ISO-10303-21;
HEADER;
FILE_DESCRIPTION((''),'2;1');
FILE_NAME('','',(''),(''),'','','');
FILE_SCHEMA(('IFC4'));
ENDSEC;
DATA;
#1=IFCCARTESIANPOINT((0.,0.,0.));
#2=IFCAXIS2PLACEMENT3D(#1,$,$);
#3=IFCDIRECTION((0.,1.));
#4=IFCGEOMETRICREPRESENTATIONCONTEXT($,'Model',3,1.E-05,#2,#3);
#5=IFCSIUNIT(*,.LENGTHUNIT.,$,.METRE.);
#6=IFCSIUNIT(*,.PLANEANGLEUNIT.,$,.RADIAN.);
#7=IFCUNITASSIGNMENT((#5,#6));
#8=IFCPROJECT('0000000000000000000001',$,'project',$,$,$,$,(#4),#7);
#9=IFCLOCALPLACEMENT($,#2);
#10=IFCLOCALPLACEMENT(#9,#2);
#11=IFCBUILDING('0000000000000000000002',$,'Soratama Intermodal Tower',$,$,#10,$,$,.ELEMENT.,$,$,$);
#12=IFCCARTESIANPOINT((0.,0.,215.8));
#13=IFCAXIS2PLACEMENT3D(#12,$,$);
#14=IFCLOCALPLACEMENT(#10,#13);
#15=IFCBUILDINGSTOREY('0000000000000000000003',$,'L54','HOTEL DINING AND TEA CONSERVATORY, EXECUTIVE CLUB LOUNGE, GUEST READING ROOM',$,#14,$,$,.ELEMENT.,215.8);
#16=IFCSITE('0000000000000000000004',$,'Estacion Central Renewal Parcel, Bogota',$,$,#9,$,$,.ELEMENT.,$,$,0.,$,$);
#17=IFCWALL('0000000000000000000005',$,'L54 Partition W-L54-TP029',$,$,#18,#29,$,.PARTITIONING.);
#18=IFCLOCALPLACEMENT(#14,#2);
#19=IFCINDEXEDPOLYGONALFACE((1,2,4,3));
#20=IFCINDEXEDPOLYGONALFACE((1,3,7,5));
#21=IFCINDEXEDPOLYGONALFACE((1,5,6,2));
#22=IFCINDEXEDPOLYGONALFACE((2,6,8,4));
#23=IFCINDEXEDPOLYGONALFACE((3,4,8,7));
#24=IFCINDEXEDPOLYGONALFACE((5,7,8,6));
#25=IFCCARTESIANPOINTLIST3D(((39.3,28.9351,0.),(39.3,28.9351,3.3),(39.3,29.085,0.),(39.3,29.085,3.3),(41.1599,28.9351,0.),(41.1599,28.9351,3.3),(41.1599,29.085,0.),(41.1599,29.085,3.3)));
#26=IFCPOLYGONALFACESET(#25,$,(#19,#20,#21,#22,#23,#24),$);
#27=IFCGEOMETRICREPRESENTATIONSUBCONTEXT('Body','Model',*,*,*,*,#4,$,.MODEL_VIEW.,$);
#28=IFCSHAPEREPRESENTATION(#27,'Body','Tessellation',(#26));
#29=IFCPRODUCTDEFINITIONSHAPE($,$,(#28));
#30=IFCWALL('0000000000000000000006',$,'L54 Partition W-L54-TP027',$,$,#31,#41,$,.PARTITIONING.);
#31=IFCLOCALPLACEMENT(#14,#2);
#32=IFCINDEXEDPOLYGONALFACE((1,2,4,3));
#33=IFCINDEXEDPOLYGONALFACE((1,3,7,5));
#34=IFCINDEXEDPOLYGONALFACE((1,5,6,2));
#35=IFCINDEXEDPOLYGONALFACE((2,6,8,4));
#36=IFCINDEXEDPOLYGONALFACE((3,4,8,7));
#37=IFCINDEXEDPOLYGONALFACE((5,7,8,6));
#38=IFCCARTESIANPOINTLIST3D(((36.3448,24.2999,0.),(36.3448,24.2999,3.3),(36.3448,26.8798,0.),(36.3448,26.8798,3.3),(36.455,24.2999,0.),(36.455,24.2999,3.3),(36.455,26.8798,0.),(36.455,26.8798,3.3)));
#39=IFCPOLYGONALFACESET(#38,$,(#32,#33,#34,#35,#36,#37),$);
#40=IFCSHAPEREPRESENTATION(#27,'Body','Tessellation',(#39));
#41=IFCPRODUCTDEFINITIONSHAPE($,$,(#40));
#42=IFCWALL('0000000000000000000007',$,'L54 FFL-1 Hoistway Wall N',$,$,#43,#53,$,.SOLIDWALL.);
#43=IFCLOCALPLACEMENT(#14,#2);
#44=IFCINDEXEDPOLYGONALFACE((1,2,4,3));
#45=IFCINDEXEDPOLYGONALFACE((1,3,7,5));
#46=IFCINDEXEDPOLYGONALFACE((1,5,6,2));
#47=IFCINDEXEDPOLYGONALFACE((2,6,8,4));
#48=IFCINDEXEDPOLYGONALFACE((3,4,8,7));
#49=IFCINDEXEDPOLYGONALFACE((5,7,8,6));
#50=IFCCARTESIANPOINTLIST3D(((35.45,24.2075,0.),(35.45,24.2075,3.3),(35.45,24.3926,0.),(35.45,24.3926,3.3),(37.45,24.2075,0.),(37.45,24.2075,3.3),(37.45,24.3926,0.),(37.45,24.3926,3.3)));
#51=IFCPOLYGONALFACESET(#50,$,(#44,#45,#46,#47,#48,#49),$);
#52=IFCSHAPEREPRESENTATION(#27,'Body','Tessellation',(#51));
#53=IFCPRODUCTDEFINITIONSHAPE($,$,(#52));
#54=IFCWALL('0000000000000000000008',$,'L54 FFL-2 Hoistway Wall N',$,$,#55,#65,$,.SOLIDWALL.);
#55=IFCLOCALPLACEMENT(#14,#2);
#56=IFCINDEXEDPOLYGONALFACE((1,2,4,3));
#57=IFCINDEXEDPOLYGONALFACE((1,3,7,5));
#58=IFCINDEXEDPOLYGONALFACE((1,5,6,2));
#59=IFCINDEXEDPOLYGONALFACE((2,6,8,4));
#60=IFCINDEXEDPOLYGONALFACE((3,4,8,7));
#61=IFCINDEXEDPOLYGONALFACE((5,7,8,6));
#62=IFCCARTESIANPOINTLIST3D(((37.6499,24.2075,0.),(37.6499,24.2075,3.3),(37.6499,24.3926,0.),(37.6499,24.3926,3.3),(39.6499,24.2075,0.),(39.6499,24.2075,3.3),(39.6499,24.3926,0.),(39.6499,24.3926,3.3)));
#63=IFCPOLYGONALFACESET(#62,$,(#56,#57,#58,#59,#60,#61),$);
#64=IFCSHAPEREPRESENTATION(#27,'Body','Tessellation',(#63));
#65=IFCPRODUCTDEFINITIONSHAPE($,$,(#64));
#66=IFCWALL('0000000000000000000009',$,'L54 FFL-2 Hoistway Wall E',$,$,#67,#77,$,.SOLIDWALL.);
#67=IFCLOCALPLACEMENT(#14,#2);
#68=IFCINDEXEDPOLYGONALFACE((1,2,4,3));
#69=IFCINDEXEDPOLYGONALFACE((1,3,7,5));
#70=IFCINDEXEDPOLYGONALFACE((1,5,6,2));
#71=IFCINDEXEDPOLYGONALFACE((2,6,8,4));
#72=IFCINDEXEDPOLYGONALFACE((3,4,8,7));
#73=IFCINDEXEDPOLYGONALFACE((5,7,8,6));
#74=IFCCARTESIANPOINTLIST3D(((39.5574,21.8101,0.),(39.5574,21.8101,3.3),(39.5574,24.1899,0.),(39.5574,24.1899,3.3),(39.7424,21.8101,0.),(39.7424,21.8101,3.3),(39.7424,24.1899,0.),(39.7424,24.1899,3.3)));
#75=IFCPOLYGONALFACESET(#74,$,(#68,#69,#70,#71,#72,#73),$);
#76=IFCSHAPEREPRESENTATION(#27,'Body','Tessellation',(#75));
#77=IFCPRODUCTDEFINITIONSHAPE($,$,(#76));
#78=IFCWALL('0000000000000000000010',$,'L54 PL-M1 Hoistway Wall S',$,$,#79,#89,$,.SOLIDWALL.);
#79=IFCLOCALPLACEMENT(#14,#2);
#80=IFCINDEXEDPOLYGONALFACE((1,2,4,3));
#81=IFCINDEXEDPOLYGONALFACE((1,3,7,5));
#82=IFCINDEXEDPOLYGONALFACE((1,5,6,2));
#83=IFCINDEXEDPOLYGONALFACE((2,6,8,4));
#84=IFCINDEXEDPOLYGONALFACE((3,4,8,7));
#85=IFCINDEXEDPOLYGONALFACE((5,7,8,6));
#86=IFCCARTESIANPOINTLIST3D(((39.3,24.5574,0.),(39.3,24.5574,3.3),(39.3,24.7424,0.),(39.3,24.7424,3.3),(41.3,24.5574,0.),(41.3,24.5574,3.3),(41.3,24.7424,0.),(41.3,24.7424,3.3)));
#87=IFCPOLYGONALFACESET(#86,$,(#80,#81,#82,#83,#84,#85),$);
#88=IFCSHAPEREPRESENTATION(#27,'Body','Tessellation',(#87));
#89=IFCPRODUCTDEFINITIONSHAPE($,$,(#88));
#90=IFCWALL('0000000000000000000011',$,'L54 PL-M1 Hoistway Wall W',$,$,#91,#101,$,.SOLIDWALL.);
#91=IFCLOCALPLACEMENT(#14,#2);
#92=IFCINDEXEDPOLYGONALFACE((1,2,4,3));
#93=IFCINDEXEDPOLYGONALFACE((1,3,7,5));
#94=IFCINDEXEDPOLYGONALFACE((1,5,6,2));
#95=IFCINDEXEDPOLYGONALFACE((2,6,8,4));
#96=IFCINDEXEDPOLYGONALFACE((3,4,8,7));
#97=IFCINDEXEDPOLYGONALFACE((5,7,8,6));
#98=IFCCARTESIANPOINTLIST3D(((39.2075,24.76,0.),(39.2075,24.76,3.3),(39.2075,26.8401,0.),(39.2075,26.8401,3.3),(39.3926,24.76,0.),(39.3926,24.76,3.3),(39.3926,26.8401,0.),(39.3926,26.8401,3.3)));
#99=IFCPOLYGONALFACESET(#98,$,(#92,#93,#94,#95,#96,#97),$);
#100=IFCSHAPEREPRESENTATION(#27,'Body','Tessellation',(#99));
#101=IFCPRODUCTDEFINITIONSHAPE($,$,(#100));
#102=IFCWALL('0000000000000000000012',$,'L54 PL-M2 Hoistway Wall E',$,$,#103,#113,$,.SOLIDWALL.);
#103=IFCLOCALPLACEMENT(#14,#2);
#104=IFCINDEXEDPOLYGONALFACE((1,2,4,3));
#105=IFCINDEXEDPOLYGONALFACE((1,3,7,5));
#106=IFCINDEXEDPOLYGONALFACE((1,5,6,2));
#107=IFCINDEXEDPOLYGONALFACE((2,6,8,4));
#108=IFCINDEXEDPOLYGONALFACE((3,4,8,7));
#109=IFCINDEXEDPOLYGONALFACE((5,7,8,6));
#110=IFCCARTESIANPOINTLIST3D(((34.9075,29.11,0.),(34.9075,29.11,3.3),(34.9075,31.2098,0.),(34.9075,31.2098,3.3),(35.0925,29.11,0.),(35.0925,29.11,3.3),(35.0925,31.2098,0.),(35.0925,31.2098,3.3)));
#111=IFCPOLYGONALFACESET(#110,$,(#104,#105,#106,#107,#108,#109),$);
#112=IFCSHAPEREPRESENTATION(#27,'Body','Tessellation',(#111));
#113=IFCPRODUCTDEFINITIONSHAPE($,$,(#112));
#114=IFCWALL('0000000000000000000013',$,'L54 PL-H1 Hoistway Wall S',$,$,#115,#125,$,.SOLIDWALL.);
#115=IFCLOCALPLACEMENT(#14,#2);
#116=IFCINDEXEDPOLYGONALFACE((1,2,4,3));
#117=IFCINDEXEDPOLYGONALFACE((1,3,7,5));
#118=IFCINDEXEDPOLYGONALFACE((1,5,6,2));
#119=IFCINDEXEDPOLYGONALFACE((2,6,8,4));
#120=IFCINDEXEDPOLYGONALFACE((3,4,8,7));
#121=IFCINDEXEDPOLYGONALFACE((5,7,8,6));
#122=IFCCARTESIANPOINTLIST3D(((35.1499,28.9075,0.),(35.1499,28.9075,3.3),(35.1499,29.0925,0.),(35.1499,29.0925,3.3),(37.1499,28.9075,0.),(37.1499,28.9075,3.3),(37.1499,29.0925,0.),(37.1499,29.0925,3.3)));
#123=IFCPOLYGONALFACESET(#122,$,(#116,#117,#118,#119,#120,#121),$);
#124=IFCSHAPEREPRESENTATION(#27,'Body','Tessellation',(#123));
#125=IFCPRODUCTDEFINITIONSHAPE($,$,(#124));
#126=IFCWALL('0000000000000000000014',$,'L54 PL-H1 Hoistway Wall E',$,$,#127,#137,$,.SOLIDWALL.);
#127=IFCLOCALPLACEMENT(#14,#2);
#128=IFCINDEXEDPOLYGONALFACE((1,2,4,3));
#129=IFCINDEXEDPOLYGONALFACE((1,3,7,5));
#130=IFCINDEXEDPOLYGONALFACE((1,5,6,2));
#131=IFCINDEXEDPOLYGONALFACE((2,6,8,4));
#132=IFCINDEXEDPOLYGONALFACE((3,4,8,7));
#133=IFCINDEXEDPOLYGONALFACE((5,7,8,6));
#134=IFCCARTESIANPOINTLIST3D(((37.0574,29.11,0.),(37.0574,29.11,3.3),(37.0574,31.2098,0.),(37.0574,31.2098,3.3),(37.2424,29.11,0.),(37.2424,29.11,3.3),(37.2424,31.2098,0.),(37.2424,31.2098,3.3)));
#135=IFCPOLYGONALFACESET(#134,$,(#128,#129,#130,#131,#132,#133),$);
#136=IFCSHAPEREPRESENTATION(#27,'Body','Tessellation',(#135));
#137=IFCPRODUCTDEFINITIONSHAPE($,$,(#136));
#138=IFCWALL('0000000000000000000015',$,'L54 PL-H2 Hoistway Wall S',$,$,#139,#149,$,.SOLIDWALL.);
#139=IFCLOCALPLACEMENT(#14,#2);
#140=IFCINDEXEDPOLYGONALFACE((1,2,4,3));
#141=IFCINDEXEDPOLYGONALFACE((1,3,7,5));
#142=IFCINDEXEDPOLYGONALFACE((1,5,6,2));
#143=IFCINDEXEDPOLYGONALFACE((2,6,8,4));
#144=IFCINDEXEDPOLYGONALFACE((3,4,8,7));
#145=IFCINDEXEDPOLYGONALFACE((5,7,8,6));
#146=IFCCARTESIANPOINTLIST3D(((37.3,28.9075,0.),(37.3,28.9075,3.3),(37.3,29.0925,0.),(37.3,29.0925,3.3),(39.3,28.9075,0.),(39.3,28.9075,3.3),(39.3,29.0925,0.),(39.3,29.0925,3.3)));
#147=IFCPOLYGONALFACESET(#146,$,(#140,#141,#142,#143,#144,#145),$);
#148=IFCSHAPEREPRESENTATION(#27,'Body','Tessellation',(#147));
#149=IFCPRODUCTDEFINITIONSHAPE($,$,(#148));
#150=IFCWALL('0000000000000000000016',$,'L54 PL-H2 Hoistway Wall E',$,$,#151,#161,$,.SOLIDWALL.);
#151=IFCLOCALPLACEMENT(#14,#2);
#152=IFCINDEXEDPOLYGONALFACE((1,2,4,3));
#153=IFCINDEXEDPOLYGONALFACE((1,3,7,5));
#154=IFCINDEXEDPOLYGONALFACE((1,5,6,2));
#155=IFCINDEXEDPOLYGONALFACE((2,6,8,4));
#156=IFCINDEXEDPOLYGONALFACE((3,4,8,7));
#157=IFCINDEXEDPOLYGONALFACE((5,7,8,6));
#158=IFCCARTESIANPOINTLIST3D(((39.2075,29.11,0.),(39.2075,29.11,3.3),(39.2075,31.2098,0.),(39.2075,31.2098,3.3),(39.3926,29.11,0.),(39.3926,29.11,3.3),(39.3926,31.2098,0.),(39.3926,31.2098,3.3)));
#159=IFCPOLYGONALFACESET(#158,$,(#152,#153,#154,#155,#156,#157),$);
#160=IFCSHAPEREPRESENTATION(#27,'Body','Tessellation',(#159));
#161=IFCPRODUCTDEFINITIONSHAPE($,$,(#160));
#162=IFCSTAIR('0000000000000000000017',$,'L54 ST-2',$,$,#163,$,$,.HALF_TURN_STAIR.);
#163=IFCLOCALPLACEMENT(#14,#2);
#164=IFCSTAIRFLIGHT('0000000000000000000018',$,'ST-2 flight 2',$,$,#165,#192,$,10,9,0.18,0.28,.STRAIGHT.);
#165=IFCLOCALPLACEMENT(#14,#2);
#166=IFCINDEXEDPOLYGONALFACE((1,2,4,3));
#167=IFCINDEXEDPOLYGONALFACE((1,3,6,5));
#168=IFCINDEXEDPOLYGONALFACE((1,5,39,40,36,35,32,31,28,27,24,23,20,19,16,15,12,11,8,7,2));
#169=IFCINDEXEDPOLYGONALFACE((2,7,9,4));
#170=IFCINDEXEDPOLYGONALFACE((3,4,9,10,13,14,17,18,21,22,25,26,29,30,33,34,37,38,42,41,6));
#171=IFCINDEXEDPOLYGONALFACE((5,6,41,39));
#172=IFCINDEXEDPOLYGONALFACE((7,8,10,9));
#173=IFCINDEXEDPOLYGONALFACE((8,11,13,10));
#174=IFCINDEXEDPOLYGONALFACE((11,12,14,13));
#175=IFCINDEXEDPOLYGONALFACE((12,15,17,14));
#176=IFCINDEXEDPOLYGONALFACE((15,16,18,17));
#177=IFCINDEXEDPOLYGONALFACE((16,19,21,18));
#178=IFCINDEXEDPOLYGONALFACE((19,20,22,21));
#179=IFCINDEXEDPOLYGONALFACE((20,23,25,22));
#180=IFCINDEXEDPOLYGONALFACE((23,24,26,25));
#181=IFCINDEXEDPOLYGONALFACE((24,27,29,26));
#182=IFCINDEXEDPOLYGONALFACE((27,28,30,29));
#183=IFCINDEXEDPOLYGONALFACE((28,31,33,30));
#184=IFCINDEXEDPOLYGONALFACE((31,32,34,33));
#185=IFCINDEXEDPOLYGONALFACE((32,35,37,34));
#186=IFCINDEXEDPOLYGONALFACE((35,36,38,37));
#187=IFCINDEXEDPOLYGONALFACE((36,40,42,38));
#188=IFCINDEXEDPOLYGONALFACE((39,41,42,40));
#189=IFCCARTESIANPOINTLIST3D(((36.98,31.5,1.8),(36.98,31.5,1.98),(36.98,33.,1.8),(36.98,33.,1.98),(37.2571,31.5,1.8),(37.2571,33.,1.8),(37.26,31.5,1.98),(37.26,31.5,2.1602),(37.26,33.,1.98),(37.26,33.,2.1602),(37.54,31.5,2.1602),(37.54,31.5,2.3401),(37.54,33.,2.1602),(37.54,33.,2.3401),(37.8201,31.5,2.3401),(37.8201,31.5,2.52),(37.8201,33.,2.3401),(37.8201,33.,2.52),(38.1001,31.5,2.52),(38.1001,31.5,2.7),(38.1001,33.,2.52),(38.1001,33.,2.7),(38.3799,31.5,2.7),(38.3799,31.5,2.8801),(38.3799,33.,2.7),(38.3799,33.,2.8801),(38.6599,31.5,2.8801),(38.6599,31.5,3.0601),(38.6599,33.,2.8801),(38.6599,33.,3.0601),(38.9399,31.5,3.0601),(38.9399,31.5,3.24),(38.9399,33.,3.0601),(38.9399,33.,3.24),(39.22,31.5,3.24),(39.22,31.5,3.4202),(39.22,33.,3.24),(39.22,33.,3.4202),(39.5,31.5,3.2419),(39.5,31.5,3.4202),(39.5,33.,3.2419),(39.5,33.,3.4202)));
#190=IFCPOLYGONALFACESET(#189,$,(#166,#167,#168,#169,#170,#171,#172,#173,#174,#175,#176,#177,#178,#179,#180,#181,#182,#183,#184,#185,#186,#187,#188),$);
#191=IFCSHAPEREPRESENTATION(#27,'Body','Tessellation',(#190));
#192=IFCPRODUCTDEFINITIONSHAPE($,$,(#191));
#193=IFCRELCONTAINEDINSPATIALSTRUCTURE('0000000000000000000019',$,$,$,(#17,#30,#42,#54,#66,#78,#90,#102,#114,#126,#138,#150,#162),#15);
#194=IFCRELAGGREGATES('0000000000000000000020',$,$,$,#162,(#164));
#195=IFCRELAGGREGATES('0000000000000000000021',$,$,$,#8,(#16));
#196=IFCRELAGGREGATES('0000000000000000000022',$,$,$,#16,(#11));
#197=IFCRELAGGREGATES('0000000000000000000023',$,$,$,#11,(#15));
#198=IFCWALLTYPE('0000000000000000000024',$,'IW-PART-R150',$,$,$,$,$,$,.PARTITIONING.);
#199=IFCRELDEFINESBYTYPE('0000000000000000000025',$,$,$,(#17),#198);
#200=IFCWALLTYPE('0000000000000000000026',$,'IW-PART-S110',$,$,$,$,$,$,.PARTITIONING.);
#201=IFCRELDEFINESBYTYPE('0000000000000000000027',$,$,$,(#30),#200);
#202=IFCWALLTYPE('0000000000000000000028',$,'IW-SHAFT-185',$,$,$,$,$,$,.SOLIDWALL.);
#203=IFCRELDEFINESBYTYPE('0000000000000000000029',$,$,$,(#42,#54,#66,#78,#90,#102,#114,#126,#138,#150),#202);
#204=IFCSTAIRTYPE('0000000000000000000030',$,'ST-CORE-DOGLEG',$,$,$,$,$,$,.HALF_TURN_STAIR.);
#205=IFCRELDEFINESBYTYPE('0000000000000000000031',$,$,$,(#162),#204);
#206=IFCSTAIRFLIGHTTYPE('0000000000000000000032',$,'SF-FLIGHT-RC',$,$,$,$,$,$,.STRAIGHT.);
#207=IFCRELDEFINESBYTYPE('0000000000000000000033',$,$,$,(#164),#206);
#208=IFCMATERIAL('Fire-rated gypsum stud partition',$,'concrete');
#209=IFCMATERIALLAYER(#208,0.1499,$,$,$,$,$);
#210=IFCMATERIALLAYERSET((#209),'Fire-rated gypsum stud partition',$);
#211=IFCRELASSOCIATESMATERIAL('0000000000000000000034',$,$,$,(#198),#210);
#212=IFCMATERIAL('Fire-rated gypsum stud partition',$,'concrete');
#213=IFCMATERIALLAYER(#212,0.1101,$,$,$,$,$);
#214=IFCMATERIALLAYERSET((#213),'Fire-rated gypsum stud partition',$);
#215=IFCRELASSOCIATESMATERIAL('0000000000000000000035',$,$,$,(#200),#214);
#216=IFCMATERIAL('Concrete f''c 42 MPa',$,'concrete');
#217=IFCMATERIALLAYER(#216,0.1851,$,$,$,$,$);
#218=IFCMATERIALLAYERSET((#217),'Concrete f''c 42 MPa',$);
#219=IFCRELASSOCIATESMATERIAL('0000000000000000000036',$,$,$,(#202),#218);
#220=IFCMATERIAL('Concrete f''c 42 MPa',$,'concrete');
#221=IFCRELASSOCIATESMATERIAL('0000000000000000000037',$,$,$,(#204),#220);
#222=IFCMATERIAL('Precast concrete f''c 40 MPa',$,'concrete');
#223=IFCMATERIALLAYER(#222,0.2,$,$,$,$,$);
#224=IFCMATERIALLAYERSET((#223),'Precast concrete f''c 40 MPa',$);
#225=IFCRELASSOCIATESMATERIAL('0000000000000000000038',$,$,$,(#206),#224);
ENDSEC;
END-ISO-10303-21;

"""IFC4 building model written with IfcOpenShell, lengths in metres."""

from ifc_helpers import new_model, si_unit, direction, frame, frame_2d, origin, place, context, subcontext, project, spatial, polyline, rectangle, outline, extrude, material, layer, layer_set, type_object, element, aggregate, save


model = new_model("IFC4")

# Units and contexts
model_context = context("Model", 3, precision=1e-05, world=origin(), true_north=direction((0.0, 1.0)))
body_context = subcontext(model_context, "Body", "Model", "MODEL_VIEW")
ifc_project = project(units=[si_unit("LENGTHUNIT", "METRE"), si_unit("PLANEANGLEUNIT", "RADIAN")], contexts=[model_context])

# Site, building, storey
site_placement = place(None, origin())
site = spatial("IfcSite", under=ifc_project, at=site_placement, Name="Estacion Central Renewal Parcel, Bogota", CompositionType="ELEMENT", RefElevation=0.0)
building_placement = place(site_placement, origin())
building = spatial("IfcBuilding", under=site, at=building_placement, Name="Soratama Intermodal Tower", CompositionType="ELEMENT")
storey_placement = place(building_placement, frame((0.0, 0.0, 215.8)))
storey = spatial("IfcBuildingStorey", under=building, at=storey_placement, Name="L54", Description="HOTEL DINING AND TEA CONSERVATORY, EXECUTIVE CLUB LOUNGE, GUEST READING ROOM", CompositionType="ELEMENT", Elevation=215.8)

# Shared definitions
ifc_material_1 = material(Name="Fire-rated gypsum stud partition", Category="concrete")
ifc_layer_1 = layer(ifc_material_1, 0.1499)
ifc_layer_set_1 = layer_set([ifc_layer_1], Name="Fire-rated gypsum stud partition")
wall_type_1 = type_object("IfcWallType", Name="IW-PART-R150", PredefinedType="PARTITIONING", material=ifc_layer_set_1)

# Walls
wall_1_placement = place(storey_placement, frame((39.3, 29.01, 0.0), z_axis=(0.0, 0.0, 1.0), x_axis=(1.0, 0.0, 0.0)))
element("IfcWall", 1, at=wall_1_placement, inside=storey, type_object=wall_type_1, Name="L54 Partition W-L54-TP029", PredefinedType="PARTITIONING", context=body_context, shape_type="SweptSolid", body=[
    extrude(rectangle(XDim=1.8599, YDim=0.1499, at=frame_2d((0.9299, 0.0))), origin(), (0.0, 0.0, 1.0), 3.3),
])
ifc_material_2 = material(Name="Fire-rated gypsum stud partition", Category="concrete")
ifc_layer_2 = layer(ifc_material_2, 0.1101)
ifc_layer_set_2 = layer_set([ifc_layer_2], Name="Fire-rated gypsum stud partition")
wall_type_2 = type_object("IfcWallType", Name="IW-PART-S110", PredefinedType="PARTITIONING", material=ifc_layer_set_2)
wall_2_placement = place(storey_placement, frame((36.3999, 26.8799, 0.0), z_axis=(0.0, 0.0, 1.0), x_axis=(0.0, -1.0, 0.0)))
element("IfcWall", 2, at=wall_2_placement, inside=storey, type_object=wall_type_2, Name="L54 Partition W-L54-TP027", PredefinedType="PARTITIONING", context=body_context, shape_type="SweptSolid", body=[
    extrude(rectangle(XDim=2.5798, YDim=0.1101, at=frame_2d((1.29, 0.0))), origin(), (0.0, 0.0, 1.0), 3.3),
])
ifc_material_3 = material(Name="Concrete f'c 42 MPa", Category="concrete")
ifc_layer_3 = layer(ifc_material_3, 0.1851)
ifc_layer_set_3 = layer_set([ifc_layer_3], Name="Concrete f'c 42 MPa")
wall_type_3 = type_object("IfcWallType", Name="IW-SHAFT-185", PredefinedType="SOLIDWALL", material=ifc_layer_set_3)
for number, where, z_axis, x_axis, name in (
    (3, (35.45, 24.3, 0.0), (0.0, 0.0, 1.0), (1.0, 0.0, 0.0), "L54 FFL-1 Hoistway Wall N"),
    (4, (37.6499, 24.3, 0.0), (0.0, 0.0, 1.0), (1.0, 0.0, 0.0), "L54 FFL-2 Hoistway Wall N"),
):
    element("IfcWall", number, at=place(storey_placement, frame(where, z_axis=z_axis, x_axis=x_axis)), inside=storey, type_object=wall_type_3, Name=name, PredefinedType="SOLIDWALL", context=body_context, shape_type="SweptSolid", body=[
        extrude(rectangle(XDim=2.0, YDim=0.1851, at=frame_2d((1.0, 0.0))), origin(), (0.0, 0.0, 1.0), 3.3),
    ])
wall_3_placement = place(storey_placement, frame((39.6499, 21.8101, 0.0), z_axis=(0.0, 0.0, 1.0), x_axis=(0.0, 1.0, 0.0)))
element("IfcWall", 5, at=wall_3_placement, inside=storey, type_object=wall_type_3, Name="L54 FFL-2 Hoistway Wall E", PredefinedType="SOLIDWALL", context=body_context, shape_type="SweptSolid", body=[
    extrude(rectangle(XDim=2.3799, YDim=0.1851, at=frame_2d((1.1899, 0.0))), origin(), (0.0, 0.0, 1.0), 3.3),
])
wall_4_placement = place(storey_placement, frame((39.3, 24.6499, 0.0), z_axis=(0.0, 0.0, 1.0), x_axis=(1.0, 0.0, 0.0)))
element("IfcWall", 6, at=wall_4_placement, inside=storey, type_object=wall_type_3, Name="L54 PL-M1 Hoistway Wall S", PredefinedType="SOLIDWALL", context=body_context, shape_type="SweptSolid", body=[
    extrude(rectangle(XDim=2.0, YDim=0.1851, at=frame_2d((1.0, 0.0))), origin(), (0.0, 0.0, 1.0), 3.3),
])

# Walls
wall_5_placement = place(storey_placement, frame((39.3, 24.76, 0.0), z_axis=(0.0, 0.0, 1.0), x_axis=(0.0, 1.0, 0.0)))
element("IfcWall", 7, at=wall_5_placement, inside=storey, type_object=wall_type_3, Name="L54 PL-M1 Hoistway Wall W", PredefinedType="SOLIDWALL", context=body_context, shape_type="SweptSolid", body=[
    extrude(rectangle(XDim=2.0801, YDim=0.1851, at=frame_2d((1.04, 0.0))), origin(), (0.0, 0.0, 1.0), 3.3),
])
wall_6_placement = place(storey_placement, frame((35.0, 29.1101, 0.0), z_axis=(0.0, 0.0, 1.0), x_axis=(0.0, 1.0, 0.0)))
element("IfcWall", 8, at=wall_6_placement, inside=storey, type_object=wall_type_3, Name="L54 PL-M2 Hoistway Wall E", PredefinedType="SOLIDWALL", context=body_context, shape_type="SweptSolid", body=[
    extrude(rectangle(XDim=2.0999, YDim=0.1851, at=frame_2d((1.0498, 0.0))), origin(), (0.0, 0.0, 1.0), 3.3),
])
wall_7_placement = place(storey_placement, frame((35.1499, 29.0, 0.0), z_axis=(0.0, 0.0, 1.0), x_axis=(1.0, 0.0, 0.0)))
element("IfcWall", 9, at=wall_7_placement, inside=storey, type_object=wall_type_3, Name="L54 PL-H1 Hoistway Wall S", PredefinedType="SOLIDWALL", context=body_context, shape_type="SweptSolid", body=[
    extrude(rectangle(XDim=2.0, YDim=0.1851, at=frame_2d((1.0, 0.0))), origin(), (0.0, 0.0, 1.0), 3.3),
])
wall_8_placement = place(storey_placement, frame((37.1499, 29.1101, 0.0), z_axis=(0.0, 0.0, 1.0), x_axis=(0.0, 1.0, 0.0)))
element("IfcWall", 10, at=wall_8_placement, inside=storey, type_object=wall_type_3, Name="L54 PL-H1 Hoistway Wall E", PredefinedType="SOLIDWALL", context=body_context, shape_type="SweptSolid", body=[
    extrude(rectangle(XDim=2.0999, YDim=0.1851, at=frame_2d((1.0498, 0.0))), origin(), (0.0, 0.0, 1.0), 3.3),
])
wall_9_placement = place(storey_placement, frame((37.3, 29.0, 0.0), z_axis=(0.0, 0.0, 1.0), x_axis=(1.0, 0.0, 0.0)))
element("IfcWall", 11, at=wall_9_placement, inside=storey, type_object=wall_type_3, Name="L54 PL-H2 Hoistway Wall S", PredefinedType="SOLIDWALL", context=body_context, shape_type="SweptSolid", body=[
    extrude(rectangle(XDim=2.0, YDim=0.1851, at=frame_2d((1.0, 0.0))), origin(), (0.0, 0.0, 1.0), 3.3),
])
wall_10_placement = place(storey_placement, frame((39.3, 29.1101, 0.0), z_axis=(0.0, 0.0, 1.0), x_axis=(0.0, 1.0, 0.0)))
element("IfcWall", 12, at=wall_10_placement, inside=storey, type_object=wall_type_3, Name="L54 PL-H2 Hoistway Wall E", PredefinedType="SOLIDWALL", context=body_context, shape_type="SweptSolid", body=[
    extrude(rectangle(XDim=2.0999, YDim=0.1851, at=frame_2d((1.0498, 0.0))), origin(), (0.0, 0.0, 1.0), 3.3),
])

# Stair, stair flight
ifc_material_4 = material(Name="Concrete f'c 42 MPa", Category="concrete")
stair_type = type_object("IfcStairType", Name="ST-CORE-DOGLEG", PredefinedType="HALF_TURN_STAIR", material=ifc_material_4)
stair_placement = place(storey_placement, origin())
stair = element("IfcStair", 13, at=stair_placement, inside=storey, type_object=stair_type, Name="L54 ST-2", PredefinedType="HALF_TURN_STAIR")
ifc_material_5 = material(Name="Precast concrete f'c 40 MPa", Category="concrete")
ifc_layer_4 = layer(ifc_material_5, 0.2)
ifc_layer_set_4 = layer_set([ifc_layer_4], Name="Precast concrete f'c 40 MPa")
stair_flight_type = type_object("IfcStairFlightType", Name="SF-FLIGHT-RC", PredefinedType="STRAIGHT", material=ifc_layer_set_4)
stair_flight_placement = place(storey_placement, frame((36.98, 32.25, 1.8), z_axis=(0.0, 0.0, 1.0), x_axis=(1.0, 0.0, 0.0)))
stair_flight = element("IfcStairFlight", 14, at=stair_flight_placement, type_object=stair_flight_type, Name="ST-2 flight 2", NumberOfRisers=10, NumberOfTreads=9, PredefinedType="STRAIGHT", RiserHeight=0.18, TreadLength=0.28, context=body_context, shape_type="SweptSolid", body=[
    extrude(outline(polyline([(0.0, 0.0), (0.0, 0.1799), (0.28, 0.1799), (0.28, 0.3601), (0.5601, 0.3601), (0.5601, 0.54), (0.8401, 0.54), (0.8401, 0.72), (1.1201, 0.72), (1.1201, 0.8999), (1.3999, 0.8999), (1.3999, 1.0801), (1.6799, 1.0801), (1.6799, 1.26), (1.96, 1.26), (1.96, 1.4399), (2.24, 1.4399), (2.24, 1.6201), (2.52, 1.6201), (2.52, 1.8), (2.52, 1.4419), (0.2771, 0.0), (0.0, 0.0)])), frame((0.0, 0.75, 0.0), z_axis=(0.0, -1.0, 0.0), x_axis=(1.0, 0.0, 0.0)), (0.0, 0.0, 1.0), 1.5),
])
aggregate(stair, [stair_flight])

save(model, "model.ifc")
